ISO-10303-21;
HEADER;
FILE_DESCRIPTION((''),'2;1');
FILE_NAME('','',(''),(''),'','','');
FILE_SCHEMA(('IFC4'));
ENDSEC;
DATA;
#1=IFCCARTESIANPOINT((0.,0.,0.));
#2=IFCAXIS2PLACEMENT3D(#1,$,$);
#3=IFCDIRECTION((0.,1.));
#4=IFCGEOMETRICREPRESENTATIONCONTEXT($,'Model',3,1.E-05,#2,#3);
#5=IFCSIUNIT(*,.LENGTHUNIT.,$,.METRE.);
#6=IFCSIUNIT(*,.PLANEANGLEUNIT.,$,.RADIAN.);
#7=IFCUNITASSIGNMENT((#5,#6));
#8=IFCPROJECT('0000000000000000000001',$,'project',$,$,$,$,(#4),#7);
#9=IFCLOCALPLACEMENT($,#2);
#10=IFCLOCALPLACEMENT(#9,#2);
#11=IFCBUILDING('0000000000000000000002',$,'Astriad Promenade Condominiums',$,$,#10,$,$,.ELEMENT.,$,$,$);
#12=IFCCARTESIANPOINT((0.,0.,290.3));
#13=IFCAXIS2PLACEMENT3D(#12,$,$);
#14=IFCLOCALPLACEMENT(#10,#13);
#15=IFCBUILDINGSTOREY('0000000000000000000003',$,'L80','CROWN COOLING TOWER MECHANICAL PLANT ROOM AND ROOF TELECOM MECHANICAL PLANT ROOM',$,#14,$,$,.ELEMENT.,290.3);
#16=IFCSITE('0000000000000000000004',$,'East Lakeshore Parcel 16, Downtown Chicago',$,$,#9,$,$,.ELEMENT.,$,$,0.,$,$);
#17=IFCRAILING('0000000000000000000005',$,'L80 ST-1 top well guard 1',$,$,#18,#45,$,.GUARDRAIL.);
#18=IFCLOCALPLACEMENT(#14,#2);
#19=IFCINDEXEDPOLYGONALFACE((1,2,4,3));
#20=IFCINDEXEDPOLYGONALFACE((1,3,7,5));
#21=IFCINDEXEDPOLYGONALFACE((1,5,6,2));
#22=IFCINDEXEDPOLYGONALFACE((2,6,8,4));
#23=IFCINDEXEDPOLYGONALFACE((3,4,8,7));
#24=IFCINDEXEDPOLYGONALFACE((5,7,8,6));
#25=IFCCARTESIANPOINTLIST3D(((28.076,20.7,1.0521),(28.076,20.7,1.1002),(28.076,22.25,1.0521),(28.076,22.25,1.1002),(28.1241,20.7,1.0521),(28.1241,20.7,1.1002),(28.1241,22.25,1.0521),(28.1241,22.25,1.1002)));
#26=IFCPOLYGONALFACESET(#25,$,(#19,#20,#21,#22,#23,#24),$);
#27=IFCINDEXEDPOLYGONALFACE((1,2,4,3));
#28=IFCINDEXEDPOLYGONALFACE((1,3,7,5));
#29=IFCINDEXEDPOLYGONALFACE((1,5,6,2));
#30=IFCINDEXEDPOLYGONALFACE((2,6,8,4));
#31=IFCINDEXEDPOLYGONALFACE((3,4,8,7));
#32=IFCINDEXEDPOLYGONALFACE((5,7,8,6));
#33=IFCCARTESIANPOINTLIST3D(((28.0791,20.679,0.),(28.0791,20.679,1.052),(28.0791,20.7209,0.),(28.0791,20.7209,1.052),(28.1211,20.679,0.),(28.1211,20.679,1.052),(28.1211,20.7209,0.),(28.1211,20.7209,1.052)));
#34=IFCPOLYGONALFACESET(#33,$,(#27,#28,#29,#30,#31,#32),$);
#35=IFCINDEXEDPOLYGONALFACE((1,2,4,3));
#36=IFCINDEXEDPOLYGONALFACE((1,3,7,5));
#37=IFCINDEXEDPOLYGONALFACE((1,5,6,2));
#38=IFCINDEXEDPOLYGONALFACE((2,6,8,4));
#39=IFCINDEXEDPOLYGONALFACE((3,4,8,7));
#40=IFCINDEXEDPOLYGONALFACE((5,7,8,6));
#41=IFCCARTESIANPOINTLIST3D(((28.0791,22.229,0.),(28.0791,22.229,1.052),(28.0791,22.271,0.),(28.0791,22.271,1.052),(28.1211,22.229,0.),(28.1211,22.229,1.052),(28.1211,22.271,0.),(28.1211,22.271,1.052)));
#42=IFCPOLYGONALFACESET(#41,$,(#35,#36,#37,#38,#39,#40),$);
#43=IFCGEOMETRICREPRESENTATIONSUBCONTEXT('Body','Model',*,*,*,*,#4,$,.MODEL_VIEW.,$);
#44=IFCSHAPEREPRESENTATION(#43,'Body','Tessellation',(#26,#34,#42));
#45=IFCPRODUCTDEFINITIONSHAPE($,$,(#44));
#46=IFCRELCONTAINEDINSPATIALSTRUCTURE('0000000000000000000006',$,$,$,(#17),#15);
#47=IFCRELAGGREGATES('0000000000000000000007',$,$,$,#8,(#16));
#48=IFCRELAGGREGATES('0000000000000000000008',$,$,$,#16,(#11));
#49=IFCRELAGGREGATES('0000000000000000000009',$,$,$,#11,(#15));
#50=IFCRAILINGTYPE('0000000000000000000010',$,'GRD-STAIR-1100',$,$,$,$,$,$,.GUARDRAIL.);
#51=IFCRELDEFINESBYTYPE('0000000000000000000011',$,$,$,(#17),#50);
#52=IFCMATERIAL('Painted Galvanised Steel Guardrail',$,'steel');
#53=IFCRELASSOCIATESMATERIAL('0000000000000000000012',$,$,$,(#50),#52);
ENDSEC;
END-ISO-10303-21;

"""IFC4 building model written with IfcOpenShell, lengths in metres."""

from ifc_helpers import new_model, si_unit, direction, frame, origin, origin_2d, place, context, subcontext, project, spatial, rectangle, extrude, source, transform, mapped, material, type_object, type_shapes, element, save


model = new_model("IFC4")

# Units and contexts
model_context = context("Model", 3, precision=1e-05, world=origin(), true_north=direction((0.0, 1.0)))
body_context = subcontext(model_context, "Body", "Model", "MODEL_VIEW")
ifc_project = project(units=[si_unit("LENGTHUNIT", "METRE"), si_unit("PLANEANGLEUNIT", "RADIAN")], contexts=[model_context])

# Site, building, storey
site_placement = place(None, origin())
site = spatial("IfcSite", under=ifc_project, at=site_placement, Name="East Lakeshore Parcel 16, Downtown Chicago", CompositionType="ELEMENT", RefElevation=0.0)
building_placement = place(site_placement, origin())
building = spatial("IfcBuilding", under=site, at=building_placement, Name="Astriad Promenade Condominiums", CompositionType="ELEMENT")
storey_placement = place(building_placement, frame((0.0, 0.0, 290.3)))
storey = spatial("IfcBuildingStorey", under=building, at=storey_placement, Name="L80", Description="CROWN COOLING TOWER MECHANICAL PLANT ROOM AND ROOF TELECOM MECHANICAL PLANT ROOM", CompositionType="ELEMENT", Elevation=290.3)

# Railing
ifc_material_1 = material(Name="Painted Galvanised Steel Guardrail", Category="steel")
railing_type = type_object("IfcRailingType", Name="GRD-STAIR-1100", PredefinedType="GUARDRAIL", material=ifc_material_1)
shared_shape_1 = source(origin(), body_context, "Body", "SweptSolid", [
    extrude(rectangle(XDim=0.0481, YDim=0.0481, at=origin_2d()), frame((0.0, 0.0, 1.0762), z_axis=(0.0, 1.0, 0.0), x_axis=(-1.0, 0.0, 0.0)), (0.0, 0.0, 1.0), 1.55),
    extrude(rectangle(XDim=0.042, YDim=0.042, at=origin_2d()), origin(), (0.0, 0.0, 1.0), 1.052),
    extrude(rectangle(XDim=0.042, YDim=0.042, at=origin_2d()), frame((0.0, 1.55, 0.0)), (0.0, 0.0, 1.0), 1.052),
])
type_shapes(railing_type, [shared_shape_1])
railing_placement = place(storey_placement, frame((28.1001, 20.7, 0.0)))
element("IfcRailing", 1, at=railing_placement, inside=storey, type_object=railing_type, Name="L80 ST-1 top well guard 1", PredefinedType="GUARDRAIL", context=body_context, shape_type="MappedRepresentation", body=[
    mapped(shared_shape_1, transform((0.0, 0.0, 0.0), scale=1.0)),
])

save(model, "model.ifc")
